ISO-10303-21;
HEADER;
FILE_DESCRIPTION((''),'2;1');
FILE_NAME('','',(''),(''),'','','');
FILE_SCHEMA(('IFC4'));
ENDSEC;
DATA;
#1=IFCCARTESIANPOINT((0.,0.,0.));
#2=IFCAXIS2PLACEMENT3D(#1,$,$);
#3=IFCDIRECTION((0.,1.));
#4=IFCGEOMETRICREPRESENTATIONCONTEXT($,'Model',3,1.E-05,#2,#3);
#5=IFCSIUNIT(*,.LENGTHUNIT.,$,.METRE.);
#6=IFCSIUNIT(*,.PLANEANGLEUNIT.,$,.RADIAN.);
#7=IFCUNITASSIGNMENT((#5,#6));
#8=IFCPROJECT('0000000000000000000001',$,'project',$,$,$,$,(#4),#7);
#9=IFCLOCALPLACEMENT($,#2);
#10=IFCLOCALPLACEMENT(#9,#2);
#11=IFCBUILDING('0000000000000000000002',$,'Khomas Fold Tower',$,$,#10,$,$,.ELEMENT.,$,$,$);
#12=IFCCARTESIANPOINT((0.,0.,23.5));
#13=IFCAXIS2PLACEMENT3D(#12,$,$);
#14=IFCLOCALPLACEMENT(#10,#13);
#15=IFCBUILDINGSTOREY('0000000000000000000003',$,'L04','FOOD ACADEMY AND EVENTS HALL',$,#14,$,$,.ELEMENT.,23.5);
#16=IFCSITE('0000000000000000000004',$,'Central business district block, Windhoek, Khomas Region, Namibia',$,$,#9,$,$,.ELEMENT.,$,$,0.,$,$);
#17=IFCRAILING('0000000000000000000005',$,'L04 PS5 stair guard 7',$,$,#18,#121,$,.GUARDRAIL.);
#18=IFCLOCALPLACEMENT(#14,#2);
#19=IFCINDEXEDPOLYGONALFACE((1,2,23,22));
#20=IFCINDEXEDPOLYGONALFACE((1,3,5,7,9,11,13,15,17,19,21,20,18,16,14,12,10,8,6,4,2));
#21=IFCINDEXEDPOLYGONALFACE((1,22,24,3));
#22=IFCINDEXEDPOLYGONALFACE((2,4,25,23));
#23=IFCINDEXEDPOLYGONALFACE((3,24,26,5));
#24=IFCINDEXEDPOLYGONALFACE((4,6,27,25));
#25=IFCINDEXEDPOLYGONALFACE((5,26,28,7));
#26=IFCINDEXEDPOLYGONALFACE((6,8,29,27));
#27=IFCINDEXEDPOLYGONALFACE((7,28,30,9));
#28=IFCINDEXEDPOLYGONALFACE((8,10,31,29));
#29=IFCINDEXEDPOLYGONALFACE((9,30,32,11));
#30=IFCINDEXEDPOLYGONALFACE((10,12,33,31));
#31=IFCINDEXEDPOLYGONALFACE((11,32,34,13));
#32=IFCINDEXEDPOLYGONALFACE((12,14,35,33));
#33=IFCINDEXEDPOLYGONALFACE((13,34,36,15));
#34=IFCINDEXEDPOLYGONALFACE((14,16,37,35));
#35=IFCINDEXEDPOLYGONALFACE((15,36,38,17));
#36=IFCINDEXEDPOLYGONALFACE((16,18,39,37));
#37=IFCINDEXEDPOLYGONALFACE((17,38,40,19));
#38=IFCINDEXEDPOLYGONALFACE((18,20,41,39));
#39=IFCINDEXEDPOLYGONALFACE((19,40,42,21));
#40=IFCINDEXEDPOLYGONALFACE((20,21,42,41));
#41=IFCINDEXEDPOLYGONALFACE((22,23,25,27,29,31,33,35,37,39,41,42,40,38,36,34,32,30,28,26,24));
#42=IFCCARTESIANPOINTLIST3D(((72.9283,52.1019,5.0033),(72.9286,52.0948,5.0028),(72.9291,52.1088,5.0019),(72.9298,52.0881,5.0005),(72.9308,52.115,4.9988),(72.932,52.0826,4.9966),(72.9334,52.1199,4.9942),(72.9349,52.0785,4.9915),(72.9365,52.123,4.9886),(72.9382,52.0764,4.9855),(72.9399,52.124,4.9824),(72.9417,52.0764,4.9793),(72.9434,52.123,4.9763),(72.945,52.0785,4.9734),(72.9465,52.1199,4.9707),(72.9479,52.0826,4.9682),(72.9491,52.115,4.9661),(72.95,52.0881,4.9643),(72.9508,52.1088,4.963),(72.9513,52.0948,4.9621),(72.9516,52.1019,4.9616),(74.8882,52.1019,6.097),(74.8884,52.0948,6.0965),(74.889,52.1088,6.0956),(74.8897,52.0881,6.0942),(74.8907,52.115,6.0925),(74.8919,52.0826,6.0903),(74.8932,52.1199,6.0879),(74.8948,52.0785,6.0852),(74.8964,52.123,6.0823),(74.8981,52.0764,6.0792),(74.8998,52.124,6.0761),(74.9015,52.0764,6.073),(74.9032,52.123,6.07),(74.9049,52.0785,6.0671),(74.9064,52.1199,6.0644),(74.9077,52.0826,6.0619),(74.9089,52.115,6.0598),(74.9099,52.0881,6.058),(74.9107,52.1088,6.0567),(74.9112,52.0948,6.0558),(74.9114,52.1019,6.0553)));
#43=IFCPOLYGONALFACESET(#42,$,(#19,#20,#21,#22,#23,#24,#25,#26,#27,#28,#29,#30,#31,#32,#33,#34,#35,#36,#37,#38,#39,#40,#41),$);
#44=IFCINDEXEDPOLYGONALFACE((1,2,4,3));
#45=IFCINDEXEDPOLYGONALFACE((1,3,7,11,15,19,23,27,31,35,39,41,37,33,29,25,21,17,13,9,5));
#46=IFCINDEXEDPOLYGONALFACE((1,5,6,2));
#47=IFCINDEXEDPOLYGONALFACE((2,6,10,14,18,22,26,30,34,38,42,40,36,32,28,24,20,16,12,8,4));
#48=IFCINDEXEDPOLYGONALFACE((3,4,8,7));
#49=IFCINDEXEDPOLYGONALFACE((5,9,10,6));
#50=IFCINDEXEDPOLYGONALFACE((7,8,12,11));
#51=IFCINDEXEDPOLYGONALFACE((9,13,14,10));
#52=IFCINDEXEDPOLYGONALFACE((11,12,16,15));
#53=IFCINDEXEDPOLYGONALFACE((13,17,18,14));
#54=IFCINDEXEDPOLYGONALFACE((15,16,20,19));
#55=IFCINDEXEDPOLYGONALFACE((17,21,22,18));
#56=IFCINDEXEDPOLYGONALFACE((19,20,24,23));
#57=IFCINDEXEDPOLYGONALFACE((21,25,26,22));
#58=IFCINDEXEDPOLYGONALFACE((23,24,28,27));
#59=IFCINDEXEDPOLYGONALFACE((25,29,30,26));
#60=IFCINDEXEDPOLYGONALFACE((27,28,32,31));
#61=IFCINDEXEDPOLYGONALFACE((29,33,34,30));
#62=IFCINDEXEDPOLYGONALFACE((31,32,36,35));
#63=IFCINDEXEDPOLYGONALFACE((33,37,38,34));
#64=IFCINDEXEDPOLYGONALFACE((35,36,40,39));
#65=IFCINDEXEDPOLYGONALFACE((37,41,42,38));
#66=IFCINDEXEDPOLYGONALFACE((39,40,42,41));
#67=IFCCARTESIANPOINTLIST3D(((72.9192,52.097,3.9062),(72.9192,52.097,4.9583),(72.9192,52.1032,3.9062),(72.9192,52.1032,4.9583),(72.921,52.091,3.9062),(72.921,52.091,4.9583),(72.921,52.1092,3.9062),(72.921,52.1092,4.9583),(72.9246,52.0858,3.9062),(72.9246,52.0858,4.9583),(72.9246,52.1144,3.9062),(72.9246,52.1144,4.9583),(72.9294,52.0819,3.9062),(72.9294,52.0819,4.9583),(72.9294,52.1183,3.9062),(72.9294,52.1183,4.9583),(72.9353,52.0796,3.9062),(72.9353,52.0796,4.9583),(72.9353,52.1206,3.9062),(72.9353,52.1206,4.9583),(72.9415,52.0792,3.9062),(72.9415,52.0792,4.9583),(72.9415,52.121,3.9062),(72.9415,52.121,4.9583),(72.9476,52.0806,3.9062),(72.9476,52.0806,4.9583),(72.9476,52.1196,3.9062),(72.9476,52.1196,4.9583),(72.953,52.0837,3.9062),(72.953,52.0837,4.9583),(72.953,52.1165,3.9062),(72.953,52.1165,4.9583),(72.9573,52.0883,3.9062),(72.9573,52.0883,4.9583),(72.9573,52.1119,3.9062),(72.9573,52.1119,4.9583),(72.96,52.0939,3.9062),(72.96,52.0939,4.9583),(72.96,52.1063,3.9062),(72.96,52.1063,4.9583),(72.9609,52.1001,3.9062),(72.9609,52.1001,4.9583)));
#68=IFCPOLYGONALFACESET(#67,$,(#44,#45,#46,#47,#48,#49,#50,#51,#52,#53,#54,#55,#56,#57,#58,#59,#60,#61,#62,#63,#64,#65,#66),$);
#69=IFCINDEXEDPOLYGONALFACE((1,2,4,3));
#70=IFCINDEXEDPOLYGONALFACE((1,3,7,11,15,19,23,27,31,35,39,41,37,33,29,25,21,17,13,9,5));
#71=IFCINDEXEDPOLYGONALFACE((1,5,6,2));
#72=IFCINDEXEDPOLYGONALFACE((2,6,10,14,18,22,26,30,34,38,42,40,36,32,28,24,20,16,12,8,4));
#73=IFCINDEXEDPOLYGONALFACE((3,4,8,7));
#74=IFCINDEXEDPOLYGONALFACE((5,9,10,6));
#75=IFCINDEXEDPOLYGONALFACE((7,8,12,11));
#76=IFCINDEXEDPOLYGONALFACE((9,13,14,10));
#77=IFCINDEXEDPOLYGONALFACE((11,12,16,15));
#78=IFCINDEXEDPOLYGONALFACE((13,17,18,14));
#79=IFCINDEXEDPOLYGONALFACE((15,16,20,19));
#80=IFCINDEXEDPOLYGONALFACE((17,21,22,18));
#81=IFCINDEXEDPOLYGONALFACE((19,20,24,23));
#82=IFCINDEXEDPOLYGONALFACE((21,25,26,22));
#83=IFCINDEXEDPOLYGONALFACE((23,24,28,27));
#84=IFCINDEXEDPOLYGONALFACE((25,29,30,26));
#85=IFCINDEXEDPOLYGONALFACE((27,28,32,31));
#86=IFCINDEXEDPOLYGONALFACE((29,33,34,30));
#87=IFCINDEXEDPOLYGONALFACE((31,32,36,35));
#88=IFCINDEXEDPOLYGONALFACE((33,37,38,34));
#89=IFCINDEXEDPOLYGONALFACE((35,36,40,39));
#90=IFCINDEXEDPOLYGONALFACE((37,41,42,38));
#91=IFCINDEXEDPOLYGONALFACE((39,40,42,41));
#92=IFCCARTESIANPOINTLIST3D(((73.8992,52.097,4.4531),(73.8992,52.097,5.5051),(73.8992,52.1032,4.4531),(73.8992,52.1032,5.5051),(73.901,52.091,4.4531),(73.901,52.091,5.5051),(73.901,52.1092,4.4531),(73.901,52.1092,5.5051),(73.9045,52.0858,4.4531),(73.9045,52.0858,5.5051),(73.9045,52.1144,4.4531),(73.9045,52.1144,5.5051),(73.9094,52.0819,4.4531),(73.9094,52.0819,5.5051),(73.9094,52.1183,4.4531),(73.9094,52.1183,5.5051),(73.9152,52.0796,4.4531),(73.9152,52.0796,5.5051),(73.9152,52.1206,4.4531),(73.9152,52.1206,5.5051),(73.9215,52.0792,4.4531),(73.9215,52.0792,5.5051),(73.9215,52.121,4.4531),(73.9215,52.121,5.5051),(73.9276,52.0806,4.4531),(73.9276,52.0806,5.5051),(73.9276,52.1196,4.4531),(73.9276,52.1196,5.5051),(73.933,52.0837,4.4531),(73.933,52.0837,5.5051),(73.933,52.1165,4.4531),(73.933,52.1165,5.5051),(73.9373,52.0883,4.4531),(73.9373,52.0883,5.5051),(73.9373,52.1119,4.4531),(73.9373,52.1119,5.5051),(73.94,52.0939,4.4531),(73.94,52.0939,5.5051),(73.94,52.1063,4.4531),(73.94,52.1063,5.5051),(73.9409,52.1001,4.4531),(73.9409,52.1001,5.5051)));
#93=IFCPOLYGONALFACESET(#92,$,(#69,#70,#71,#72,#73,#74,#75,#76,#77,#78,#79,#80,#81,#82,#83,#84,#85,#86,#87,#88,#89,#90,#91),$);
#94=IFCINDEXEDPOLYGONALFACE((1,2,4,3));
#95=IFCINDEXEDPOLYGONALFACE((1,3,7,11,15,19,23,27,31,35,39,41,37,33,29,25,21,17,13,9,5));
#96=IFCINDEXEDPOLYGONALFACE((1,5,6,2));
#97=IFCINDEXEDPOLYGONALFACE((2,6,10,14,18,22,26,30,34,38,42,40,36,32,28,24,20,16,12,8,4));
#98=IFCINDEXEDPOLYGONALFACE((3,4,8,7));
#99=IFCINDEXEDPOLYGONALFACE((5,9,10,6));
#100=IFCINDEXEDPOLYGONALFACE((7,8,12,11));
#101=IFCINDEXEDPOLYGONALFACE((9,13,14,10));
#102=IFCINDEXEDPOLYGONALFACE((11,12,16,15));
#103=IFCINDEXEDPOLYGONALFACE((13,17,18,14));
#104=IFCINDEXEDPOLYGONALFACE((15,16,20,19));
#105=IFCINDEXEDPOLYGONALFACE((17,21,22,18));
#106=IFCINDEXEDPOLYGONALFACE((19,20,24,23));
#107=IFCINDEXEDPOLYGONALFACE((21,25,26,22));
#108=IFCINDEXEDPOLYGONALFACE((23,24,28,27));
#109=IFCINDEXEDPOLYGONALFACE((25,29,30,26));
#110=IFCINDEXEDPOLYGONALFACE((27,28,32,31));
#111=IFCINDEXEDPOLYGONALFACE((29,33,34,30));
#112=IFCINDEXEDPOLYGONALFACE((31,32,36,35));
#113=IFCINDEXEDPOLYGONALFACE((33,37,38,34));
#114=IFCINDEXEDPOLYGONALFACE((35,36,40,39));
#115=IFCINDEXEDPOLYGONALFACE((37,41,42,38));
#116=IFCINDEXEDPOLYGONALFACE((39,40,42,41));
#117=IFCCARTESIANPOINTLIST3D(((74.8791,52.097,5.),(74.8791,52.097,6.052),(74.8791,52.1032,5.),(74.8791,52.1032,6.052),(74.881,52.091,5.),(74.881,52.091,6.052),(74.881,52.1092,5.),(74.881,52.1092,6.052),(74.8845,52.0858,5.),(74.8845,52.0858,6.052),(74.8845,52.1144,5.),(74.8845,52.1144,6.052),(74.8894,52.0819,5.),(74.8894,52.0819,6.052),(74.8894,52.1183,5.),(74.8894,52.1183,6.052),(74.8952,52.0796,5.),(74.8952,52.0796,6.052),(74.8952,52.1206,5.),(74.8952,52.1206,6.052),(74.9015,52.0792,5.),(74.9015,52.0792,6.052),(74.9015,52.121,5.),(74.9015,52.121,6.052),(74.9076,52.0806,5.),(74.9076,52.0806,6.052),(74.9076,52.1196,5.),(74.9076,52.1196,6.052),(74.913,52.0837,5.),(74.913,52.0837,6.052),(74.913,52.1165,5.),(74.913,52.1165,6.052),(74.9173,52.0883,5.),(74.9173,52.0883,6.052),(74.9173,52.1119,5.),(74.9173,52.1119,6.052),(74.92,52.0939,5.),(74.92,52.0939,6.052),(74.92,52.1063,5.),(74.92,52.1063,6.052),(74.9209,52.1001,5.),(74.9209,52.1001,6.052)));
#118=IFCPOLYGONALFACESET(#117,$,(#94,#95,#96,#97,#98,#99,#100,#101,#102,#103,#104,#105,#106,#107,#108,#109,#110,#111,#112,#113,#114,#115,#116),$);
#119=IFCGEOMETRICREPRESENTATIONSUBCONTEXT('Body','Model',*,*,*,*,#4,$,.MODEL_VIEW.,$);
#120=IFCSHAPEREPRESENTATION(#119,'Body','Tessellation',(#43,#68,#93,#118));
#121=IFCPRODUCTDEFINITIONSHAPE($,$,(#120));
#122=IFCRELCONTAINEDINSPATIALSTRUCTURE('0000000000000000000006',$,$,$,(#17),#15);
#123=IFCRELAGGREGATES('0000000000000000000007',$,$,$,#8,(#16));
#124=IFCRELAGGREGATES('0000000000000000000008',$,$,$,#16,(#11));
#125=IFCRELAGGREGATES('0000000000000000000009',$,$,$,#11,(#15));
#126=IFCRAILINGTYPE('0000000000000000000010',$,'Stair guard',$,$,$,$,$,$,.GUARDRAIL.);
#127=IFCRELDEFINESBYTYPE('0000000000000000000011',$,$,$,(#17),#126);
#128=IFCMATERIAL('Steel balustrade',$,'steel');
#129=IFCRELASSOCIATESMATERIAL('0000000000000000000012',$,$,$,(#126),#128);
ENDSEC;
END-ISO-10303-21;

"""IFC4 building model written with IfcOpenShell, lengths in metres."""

from ifc_helpers import new_model, si_unit, direction, frame, origin, origin_2d, place, context, subcontext, project, spatial, circle, extrude, source, transform, mapped, material, type_object, element, save


model = new_model("IFC4")

# Units and contexts
model_context = context("Model", 3, precision=1e-05, world=origin(), true_north=direction((0.0, 1.0)))
body_context = subcontext(model_context, "Body", "Model", "MODEL_VIEW")
ifc_project = project(units=[si_unit("LENGTHUNIT", "METRE"), si_unit("PLANEANGLEUNIT", "RADIAN")], contexts=[model_context])

# Site, building, storey
site_placement = place(None, origin())
site = spatial("IfcSite", under=ifc_project, at=site_placement, Name="Central business district block, Windhoek, Khomas Region, Namibia", CompositionType="ELEMENT", RefElevation=0.0)
building_placement = place(site_placement, origin())
building = spatial("IfcBuilding", under=site, at=building_placement, Name="Khomas Fold Tower", CompositionType="ELEMENT")
storey_placement = place(building_placement, frame((0.0, 0.0, 23.5)))
storey = spatial("IfcBuildingStorey", under=building, at=storey_placement, Name="L04", Description="FOOD ACADEMY AND EVENTS HALL", CompositionType="ELEMENT", Elevation=23.5)

# Railing
ifc_material_1 = material(Name="Steel balustrade", Category="steel")
railing_type_1 = type_object("IfcRailingType", Name="Stair guard", PredefinedType="GUARDRAIL", material=ifc_material_1)
shared_shape_1 = source(origin(), body_context, "Body", "SweptSolid", [
    extrude(circle(Radius=0.0239, at=origin_2d()), frame((0.0, 0.0, 1.0762), z_axis=(0.873232, 0.0, 0.487304), x_axis=(0.0, 1.0, 0.0)), (0.0, 0.0, 1.0), 2.2444),
    extrude(circle(Radius=0.021, at=origin_2d()), origin(), (0.0, 0.0, 1.0), 1.052),
    extrude(circle(Radius=0.021, at=origin_2d()), frame((0.98, 0.0, 0.5469)), (0.0, 0.0, 1.0), 1.052),
    extrude(circle(Radius=0.021, at=origin_2d()), frame((1.96, 0.0, 1.0938)), (0.0, 0.0, 1.0), 1.052),
])
for number, where, name in (
    (1, (72.9399, 52.1001, 3.9062), "L04 PS5 stair guard 7"),
):
    element("IfcRailing", number, at=place(storey_placement, frame(where)), inside=storey, type_object=railing_type_1, Name=name, PredefinedType="GUARDRAIL", context=body_context, shape_type="MappedRepresentation", body=[
        mapped(shared_shape_1, transform((0.0, 0.0, 0.0))),
    ])

save(model, "model.ifc")
